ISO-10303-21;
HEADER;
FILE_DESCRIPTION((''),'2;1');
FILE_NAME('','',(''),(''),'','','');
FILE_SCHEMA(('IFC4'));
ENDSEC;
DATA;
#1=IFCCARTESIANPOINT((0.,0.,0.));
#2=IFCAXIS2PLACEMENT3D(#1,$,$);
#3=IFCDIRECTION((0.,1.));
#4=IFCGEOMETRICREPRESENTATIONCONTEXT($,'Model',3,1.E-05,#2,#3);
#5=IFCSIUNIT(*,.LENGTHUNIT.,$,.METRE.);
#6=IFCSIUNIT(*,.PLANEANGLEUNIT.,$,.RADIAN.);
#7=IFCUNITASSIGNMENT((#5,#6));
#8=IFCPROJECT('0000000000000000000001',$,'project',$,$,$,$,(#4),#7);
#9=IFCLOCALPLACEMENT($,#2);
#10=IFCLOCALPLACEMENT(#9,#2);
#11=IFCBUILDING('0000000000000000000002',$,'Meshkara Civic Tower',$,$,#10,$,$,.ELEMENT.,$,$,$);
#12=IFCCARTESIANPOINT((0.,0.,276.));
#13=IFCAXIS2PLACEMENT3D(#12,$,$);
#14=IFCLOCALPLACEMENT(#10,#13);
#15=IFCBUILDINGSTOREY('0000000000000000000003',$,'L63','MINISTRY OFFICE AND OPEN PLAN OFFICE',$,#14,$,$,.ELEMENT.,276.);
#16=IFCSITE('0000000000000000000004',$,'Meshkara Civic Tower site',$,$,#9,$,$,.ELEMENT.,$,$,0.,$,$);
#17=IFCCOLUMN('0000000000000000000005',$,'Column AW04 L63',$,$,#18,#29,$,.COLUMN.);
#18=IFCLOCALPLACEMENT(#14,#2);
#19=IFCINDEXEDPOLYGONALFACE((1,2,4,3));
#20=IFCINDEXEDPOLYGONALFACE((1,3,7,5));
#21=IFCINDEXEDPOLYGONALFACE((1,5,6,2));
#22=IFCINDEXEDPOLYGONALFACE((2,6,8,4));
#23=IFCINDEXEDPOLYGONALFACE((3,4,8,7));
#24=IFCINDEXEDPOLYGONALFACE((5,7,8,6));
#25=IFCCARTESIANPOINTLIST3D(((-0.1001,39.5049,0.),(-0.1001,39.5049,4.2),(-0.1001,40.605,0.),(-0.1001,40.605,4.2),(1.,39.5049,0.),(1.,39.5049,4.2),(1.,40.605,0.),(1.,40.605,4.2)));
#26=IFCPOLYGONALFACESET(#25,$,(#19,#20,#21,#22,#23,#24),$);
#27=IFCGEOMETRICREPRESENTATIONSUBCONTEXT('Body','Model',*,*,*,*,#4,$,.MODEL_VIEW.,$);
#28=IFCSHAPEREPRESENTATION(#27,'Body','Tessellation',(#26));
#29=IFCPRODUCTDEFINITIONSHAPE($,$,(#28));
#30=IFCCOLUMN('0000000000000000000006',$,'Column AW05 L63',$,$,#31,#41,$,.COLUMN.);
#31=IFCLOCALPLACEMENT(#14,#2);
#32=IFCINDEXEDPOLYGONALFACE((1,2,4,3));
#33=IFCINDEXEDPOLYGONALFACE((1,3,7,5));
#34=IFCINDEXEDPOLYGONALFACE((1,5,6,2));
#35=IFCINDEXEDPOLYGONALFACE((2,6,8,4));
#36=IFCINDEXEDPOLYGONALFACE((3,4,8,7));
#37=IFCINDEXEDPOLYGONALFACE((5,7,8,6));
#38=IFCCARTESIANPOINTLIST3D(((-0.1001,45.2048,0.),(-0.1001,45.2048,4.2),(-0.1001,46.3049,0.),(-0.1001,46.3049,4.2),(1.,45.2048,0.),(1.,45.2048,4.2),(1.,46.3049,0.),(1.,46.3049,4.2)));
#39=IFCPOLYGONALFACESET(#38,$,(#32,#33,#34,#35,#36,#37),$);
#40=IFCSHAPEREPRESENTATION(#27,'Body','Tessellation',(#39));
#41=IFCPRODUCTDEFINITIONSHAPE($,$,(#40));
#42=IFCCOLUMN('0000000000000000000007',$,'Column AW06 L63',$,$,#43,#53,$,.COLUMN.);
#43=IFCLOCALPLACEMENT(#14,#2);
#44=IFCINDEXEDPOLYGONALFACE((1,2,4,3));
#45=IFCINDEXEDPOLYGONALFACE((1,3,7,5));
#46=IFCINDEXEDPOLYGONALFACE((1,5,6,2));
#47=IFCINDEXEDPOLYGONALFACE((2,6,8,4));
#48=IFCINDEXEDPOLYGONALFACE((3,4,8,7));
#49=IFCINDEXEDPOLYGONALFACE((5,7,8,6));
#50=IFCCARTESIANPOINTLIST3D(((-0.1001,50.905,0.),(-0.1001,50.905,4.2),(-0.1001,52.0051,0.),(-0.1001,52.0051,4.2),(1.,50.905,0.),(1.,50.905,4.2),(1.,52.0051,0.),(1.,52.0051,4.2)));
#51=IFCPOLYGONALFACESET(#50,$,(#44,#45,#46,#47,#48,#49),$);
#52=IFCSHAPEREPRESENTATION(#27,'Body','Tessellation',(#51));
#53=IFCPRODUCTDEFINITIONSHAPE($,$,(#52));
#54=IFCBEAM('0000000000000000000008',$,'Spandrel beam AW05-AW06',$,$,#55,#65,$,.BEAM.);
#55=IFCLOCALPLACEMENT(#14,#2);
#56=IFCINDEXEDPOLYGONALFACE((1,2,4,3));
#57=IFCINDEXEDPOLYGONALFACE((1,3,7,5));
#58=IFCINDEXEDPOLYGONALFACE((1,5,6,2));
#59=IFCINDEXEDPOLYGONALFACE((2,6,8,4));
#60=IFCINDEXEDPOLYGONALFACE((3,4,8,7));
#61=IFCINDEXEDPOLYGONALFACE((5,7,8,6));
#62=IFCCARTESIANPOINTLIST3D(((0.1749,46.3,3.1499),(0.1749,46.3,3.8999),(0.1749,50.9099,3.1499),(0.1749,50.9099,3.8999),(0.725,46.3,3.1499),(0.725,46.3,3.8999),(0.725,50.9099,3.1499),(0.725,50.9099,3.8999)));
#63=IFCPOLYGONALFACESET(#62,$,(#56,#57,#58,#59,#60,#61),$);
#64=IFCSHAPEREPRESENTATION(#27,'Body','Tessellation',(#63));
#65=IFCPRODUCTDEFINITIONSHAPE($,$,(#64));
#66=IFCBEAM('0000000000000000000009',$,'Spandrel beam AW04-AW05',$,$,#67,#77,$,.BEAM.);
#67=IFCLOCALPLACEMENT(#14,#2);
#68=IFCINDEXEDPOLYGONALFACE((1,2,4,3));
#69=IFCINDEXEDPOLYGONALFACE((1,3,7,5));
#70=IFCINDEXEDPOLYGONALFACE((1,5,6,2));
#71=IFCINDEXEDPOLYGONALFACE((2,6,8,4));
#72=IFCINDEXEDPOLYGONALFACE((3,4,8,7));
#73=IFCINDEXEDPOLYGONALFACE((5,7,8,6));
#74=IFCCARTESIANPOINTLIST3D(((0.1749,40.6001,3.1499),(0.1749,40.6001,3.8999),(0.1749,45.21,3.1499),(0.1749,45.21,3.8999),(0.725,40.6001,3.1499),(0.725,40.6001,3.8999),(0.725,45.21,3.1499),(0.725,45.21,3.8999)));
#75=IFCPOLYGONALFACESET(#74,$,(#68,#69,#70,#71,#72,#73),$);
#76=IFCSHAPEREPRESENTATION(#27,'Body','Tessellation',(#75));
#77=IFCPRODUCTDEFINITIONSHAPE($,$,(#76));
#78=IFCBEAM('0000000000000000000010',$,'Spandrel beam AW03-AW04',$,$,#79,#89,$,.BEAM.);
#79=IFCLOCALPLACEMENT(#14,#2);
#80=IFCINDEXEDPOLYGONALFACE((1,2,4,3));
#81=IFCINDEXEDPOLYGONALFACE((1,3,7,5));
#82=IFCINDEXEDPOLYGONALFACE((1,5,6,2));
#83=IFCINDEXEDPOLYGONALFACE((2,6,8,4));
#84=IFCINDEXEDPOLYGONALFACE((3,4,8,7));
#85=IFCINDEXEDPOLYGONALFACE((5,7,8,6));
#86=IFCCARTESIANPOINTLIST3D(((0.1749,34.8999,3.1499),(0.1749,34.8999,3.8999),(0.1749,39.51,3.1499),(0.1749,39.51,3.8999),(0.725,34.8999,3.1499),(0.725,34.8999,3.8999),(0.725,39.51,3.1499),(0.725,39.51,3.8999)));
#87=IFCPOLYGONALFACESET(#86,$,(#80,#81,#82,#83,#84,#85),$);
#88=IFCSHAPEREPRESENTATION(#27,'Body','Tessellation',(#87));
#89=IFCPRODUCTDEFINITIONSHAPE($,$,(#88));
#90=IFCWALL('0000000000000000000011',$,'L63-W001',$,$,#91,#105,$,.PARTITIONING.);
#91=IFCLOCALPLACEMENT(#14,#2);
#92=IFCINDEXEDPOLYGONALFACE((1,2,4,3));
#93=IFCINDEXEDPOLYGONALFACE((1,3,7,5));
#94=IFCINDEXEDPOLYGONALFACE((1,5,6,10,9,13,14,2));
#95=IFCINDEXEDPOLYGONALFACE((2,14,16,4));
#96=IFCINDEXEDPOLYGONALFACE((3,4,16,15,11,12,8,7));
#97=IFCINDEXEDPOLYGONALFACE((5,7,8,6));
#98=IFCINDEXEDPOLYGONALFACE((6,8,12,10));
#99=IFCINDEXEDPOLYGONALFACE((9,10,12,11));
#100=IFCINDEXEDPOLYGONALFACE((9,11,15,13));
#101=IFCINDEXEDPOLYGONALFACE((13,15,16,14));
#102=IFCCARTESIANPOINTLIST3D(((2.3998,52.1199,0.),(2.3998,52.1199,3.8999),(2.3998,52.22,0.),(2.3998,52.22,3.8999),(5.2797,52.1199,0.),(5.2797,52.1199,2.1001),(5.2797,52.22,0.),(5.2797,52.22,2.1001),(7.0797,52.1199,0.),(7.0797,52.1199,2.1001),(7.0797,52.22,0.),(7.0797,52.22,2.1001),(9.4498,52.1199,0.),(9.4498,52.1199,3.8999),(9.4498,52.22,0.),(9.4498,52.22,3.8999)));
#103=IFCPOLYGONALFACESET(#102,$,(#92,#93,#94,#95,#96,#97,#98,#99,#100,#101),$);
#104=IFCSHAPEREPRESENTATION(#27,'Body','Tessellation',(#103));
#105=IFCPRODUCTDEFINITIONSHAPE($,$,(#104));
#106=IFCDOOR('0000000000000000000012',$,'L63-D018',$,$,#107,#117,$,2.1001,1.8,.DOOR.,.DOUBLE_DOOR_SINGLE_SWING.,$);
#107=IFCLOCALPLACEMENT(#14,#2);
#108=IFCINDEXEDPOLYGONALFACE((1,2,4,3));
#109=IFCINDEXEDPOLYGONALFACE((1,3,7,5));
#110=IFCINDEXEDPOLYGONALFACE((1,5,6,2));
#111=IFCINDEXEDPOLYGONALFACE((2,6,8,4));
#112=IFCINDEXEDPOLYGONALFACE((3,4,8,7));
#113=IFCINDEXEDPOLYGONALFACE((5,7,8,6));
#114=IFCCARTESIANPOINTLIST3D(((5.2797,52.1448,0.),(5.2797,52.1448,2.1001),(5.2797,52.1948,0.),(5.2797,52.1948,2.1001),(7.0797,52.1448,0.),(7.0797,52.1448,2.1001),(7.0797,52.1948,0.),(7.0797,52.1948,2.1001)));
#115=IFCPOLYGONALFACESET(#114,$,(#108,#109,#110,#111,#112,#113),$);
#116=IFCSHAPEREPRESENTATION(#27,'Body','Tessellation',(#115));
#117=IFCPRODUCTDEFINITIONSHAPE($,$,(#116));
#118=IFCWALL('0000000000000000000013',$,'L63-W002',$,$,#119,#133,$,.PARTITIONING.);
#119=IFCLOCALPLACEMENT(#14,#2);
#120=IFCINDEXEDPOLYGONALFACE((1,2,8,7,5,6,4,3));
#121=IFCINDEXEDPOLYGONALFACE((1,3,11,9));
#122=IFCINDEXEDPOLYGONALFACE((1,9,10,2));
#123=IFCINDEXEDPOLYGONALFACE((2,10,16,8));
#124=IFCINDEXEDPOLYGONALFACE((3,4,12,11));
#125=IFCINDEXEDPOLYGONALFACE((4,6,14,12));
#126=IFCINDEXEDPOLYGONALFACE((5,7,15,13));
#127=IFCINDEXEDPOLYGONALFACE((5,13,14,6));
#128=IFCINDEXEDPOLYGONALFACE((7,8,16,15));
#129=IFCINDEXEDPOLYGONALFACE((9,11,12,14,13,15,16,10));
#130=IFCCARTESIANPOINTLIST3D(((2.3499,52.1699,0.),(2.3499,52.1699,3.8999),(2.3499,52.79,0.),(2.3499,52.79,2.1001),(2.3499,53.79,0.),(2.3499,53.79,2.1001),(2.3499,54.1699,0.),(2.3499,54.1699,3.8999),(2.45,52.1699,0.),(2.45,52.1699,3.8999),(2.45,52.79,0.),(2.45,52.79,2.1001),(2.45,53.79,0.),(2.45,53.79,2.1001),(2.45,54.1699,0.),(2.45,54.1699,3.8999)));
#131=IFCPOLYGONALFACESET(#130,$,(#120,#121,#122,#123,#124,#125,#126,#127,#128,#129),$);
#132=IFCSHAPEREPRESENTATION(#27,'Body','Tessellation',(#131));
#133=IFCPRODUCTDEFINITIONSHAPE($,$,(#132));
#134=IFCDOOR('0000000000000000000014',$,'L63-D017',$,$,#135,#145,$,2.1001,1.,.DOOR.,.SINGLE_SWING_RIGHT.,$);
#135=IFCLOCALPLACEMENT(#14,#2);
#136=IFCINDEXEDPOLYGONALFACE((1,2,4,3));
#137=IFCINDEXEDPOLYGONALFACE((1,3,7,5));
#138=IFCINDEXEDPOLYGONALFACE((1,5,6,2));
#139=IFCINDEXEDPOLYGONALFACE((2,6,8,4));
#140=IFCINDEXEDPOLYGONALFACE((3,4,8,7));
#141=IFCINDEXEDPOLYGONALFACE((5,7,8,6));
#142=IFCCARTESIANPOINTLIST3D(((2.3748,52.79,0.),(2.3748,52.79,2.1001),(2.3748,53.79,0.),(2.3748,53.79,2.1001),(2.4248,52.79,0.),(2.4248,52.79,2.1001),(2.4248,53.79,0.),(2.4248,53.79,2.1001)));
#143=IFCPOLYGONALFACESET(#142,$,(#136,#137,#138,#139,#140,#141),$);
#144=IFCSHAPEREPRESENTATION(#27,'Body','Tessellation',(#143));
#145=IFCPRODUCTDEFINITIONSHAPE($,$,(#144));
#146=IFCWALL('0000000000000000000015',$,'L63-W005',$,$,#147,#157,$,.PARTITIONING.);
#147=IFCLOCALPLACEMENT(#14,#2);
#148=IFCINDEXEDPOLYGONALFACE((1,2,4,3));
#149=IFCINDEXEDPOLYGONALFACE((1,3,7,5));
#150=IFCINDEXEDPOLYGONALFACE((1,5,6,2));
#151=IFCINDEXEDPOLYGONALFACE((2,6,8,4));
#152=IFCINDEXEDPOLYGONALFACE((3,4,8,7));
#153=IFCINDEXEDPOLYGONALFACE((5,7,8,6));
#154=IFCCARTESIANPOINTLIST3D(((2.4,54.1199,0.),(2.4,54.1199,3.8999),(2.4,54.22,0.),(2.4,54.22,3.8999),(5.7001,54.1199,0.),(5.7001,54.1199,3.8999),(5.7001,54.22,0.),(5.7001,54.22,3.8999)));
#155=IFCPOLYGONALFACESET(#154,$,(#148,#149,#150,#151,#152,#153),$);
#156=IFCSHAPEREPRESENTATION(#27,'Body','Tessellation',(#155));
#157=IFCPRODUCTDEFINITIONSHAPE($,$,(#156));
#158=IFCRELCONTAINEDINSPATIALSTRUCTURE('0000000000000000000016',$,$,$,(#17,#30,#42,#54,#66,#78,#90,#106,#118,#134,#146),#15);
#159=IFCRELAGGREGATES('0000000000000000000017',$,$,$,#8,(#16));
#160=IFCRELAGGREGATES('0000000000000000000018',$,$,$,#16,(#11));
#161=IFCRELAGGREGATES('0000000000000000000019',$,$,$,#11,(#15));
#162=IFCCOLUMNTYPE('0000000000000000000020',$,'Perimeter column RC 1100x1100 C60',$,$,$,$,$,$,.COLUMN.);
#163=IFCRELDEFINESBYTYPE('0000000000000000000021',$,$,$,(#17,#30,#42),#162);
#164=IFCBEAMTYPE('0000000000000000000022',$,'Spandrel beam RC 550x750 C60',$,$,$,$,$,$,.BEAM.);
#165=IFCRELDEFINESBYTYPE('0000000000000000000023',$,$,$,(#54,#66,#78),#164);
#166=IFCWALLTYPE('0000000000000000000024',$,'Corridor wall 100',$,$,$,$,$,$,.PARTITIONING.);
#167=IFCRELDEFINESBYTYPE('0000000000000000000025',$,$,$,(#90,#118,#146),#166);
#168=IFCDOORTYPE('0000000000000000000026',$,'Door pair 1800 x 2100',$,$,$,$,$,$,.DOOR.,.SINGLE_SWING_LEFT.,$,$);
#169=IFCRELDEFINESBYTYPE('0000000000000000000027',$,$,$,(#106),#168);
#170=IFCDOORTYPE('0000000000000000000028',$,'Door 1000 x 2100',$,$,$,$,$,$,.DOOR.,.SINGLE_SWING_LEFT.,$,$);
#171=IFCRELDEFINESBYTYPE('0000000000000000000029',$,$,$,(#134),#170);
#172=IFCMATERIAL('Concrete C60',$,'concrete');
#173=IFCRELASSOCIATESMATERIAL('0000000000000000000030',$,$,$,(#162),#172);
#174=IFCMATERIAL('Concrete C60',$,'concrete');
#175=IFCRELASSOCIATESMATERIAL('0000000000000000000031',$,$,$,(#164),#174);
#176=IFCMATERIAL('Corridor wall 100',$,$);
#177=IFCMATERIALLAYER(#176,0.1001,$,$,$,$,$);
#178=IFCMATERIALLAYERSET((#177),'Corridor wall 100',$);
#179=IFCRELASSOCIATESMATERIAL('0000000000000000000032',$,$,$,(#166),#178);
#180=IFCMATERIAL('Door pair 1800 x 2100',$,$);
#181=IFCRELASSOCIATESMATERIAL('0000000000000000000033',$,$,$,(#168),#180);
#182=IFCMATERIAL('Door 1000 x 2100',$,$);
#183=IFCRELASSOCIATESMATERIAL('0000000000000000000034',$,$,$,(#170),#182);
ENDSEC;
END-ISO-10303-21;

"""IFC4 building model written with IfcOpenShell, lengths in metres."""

from ifc_helpers import new_model, si_unit, direction, frame, frame_2d, origin, origin_2d, place, context, subcontext, project, spatial, rectangle, extrude, material, layer, layer_set, material_profile, profile_set, type_object, element, fill, save


model = new_model("IFC4")

# Units and contexts
model_context = context("Model", 3, precision=1e-05, world=origin(), true_north=direction((0.0, 1.0)))
body_context = subcontext(model_context, "Body", "Model", "MODEL_VIEW")
ifc_project = project(units=[si_unit("LENGTHUNIT", "METRE"), si_unit("PLANEANGLEUNIT", "RADIAN")], contexts=[model_context])

# Site, building, storey
site_placement = place(None, origin())
site = spatial("IfcSite", under=ifc_project, at=site_placement, Name="Meshkara Civic Tower site", CompositionType="ELEMENT", RefElevation=0.0)
building_placement = place(site_placement, origin())
building = spatial("IfcBuilding", under=site, at=building_placement, Name="Meshkara Civic Tower", CompositionType="ELEMENT")
storey_placement = place(building_placement, frame((0.0, 0.0, 276.0)))
storey = spatial("IfcBuildingStorey", under=building, at=storey_placement, Name="L63", Description="MINISTRY OFFICE AND OPEN PLAN OFFICE", CompositionType="ELEMENT", Elevation=276.0)

# Columns
ifc_material_1 = material(Name="Concrete C60", Category="concrete")
ifc_material_profile_1 = material_profile(ifc_material_1, rectangle(XDim=1.1001, YDim=1.1001, at=origin_2d()))
ifc_profile_set_1 = profile_set([ifc_material_profile_1], Name="Concrete C60")
column_type = type_object("IfcColumnType", Name="Perimeter column RC 1100x1100 C60", PredefinedType="COLUMN", material=ifc_profile_set_1)
for number, where, z_axis, x_axis, name in (
    (1, (0.45, 40.0549, 0.0), (0.0, 0.0, 1.0), (1.0, 0.0, 0.0), "Column AW04 L63"),
    (2, (0.45, 45.7549, 0.0), (0.0, 0.0, 1.0), (1.0, 0.0, 0.0), "Column AW05 L63"),
    (3, (0.45, 51.4551, 0.0), (0.0, 0.0, 1.0), (1.0, 0.0, 0.0), "Column AW06 L63"),
):
    element("IfcColumn", number, at=place(storey_placement, frame(where, z_axis=z_axis, x_axis=x_axis)), inside=storey, type_object=column_type, Name=name, PredefinedType="COLUMN", context=body_context, shape_type="SweptSolid", body=[
        extrude(rectangle(XDim=1.1001, YDim=1.1001, at=origin_2d()), origin(), (0.0, 0.0, 1.0), 4.2),
    ])

# Beams
ifc_material_2 = material(Name="Concrete C60", Category="concrete")
ifc_material_profile_2 = material_profile(ifc_material_2, rectangle(XDim=0.55, YDim=0.75, at=origin_2d()))
ifc_profile_set_2 = profile_set([ifc_material_profile_2], Name="Concrete C60")
beam_type = type_object("IfcBeamType", Name="Spandrel beam RC 550x750 C60", PredefinedType="BEAM", material=ifc_profile_set_2)
for number, where, z_axis, x_axis, name in (
    (4, (0.45, 50.9099, 3.5249), (0.0, -1.0, 0.0), (1.0, 0.0, 0.0), "Spandrel beam AW05-AW06"),
    (5, (0.45, 45.21, 3.5249), (0.0, -1.0, 0.0), (1.0, 0.0, 0.0), "Spandrel beam AW04-AW05"),
):
    element("IfcBeam", number, at=place(storey_placement, frame(where, z_axis=z_axis, x_axis=x_axis)), inside=storey, type_object=beam_type, Name=name, PredefinedType="BEAM", context=body_context, shape_type="SweptSolid", body=[
        extrude(rectangle(XDim=0.55, YDim=0.75, at=origin_2d()), origin(), (0.0, 0.0, 1.0), 4.6099),
    ])
beam_placement = place(storey_placement, frame((0.45, 39.51, 3.5249), z_axis=(0.0, -1.0, 0.0), x_axis=(1.0, 0.0, 0.0)))
element("IfcBeam", 6, at=beam_placement, inside=storey, type_object=beam_type, Name="Spandrel beam AW03-AW04", PredefinedType="BEAM", context=body_context, shape_type="SweptSolid", body=[
    extrude(rectangle(XDim=0.55, YDim=0.75, at=origin_2d()), origin(), (0.0, 0.0, 1.0), 4.6101),
])

# Walls, openings, doors
ifc_material_3 = material(Name="Corridor wall 100")
ifc_layer_1 = layer(ifc_material_3, 0.1001)
ifc_layer_set_1 = layer_set([ifc_layer_1], Name="Corridor wall 100")
wall_type_1 = type_object("IfcWallType", Name="Corridor wall 100", PredefinedType="PARTITIONING", material=ifc_layer_set_1)
wall_1_placement = place(storey_placement, frame((2.3999, 52.1699, 0.0), z_axis=(0.0, 0.0, 1.0), x_axis=(1.0, 0.0, 0.0)))
wall_1 = element("IfcWall", 7, at=wall_1_placement, inside=storey, type_object=wall_type_1, Name="L63-W001", PredefinedType="PARTITIONING", context=body_context, shape_type="SweptSolid", body=[
    extrude(rectangle(XDim=7.05, YDim=0.1001, at=frame_2d((3.5249, 0.0))), origin(), (0.0, 0.0, 1.0), 3.8999),
])
opening_1_placement = place(wall_1_placement, frame((2.8799, 0.0, 0.0)))
opening_1 = element("IfcOpeningElement", 8, at=opening_1_placement, cuts=wall_1, PredefinedType="OPENING", context=body_context, shape_type="SweptSolid", body=[
    extrude(rectangle(XDim=1.8, YDim=2.1001, at=frame_2d((0.8999, 1.05))), frame((0.0, 0.0601, 0.0), z_axis=(0.0, -1.0, 0.0), x_axis=(1.0, 0.0, 0.0)), (0.0, 0.0, 1.0), 0.1201),
])
ifc_material_4 = material(Name="Door pair 1800 x 2100")
door_type_1 = type_object("IfcDoorType", Name="Door pair 1800 x 2100", OperationType="SINGLE_SWING_LEFT", PredefinedType="DOOR", material=ifc_material_4)
door_1_placement = place(opening_1_placement, origin())
door_1 = element("IfcDoor", 9, at=door_1_placement, inside=storey, type_object=door_type_1, Name="L63-D018", OperationType="DOUBLE_DOOR_SINGLE_SWING", OverallHeight=2.1001, OverallWidth=1.8, PredefinedType="DOOR", context=body_context, shape_type="SweptSolid", body=[
    extrude(rectangle(XDim=1.8, YDim=2.1001, at=frame_2d((0.8999, 1.05))), frame((0.0, 0.0249, 0.0), z_axis=(0.0, -1.0, 0.0), x_axis=(1.0, 0.0, 0.0)), (0.0, 0.0, 1.0), 0.05),
])
fill(opening_1, door_1)
wall_2_placement = place(storey_placement, frame((2.3999, 54.1699, 0.0), z_axis=(0.0, 0.0, 1.0), x_axis=(0.0, -1.0, 0.0)))
wall_2 = element("IfcWall", 10, at=wall_2_placement, inside=storey, type_object=wall_type_1, Name="L63-W002", PredefinedType="PARTITIONING", context=body_context, shape_type="SweptSolid", body=[
    extrude(rectangle(XDim=2.0, YDim=0.1001, at=frame_2d((1.0, 0.0))), origin(), (0.0, 0.0, 1.0), 3.8999),
])
opening_2_placement = place(wall_2_placement, frame((0.3799, 0.0, 0.0)))
opening_2 = element("IfcOpeningElement", 11, at=opening_2_placement, cuts=wall_2, PredefinedType="OPENING", context=body_context, shape_type="SweptSolid", body=[
    extrude(rectangle(XDim=1.0, YDim=2.1001, at=frame_2d((0.5, 1.05))), frame((0.0, 0.0601, 0.0), z_axis=(0.0, -1.0, 0.0), x_axis=(1.0, 0.0, 0.0)), (0.0, 0.0, 1.0), 0.1201),
])
ifc_material_5 = material(Name="Door 1000 x 2100")
door_type_2 = type_object("IfcDoorType", Name="Door 1000 x 2100", OperationType="SINGLE_SWING_LEFT", PredefinedType="DOOR", material=ifc_material_5)
door_2_placement = place(opening_2_placement, origin())
door_2 = element("IfcDoor", 12, at=door_2_placement, inside=storey, type_object=door_type_2, Name="L63-D017", OperationType="SINGLE_SWING_RIGHT", OverallHeight=2.1001, OverallWidth=1.0, PredefinedType="DOOR", context=body_context, shape_type="SweptSolid", body=[
    extrude(rectangle(XDim=1.0, YDim=2.1001, at=frame_2d((0.5, 1.05))), frame((0.0, 0.0249, 0.0), z_axis=(0.0, -1.0, 0.0), x_axis=(1.0, 0.0, 0.0)), (0.0, 0.0, 1.0), 0.05),
])
fill(opening_2, door_2)

# Wall
wall_3_placement = place(storey_placement, frame((5.7, 54.1699, 0.0), z_axis=(0.0, 0.0, 1.0), x_axis=(-1.0, 0.0, 0.0)))
element("IfcWall", 13, at=wall_3_placement, inside=storey, type_object=wall_type_1, Name="L63-W005", PredefinedType="PARTITIONING", context=body_context, shape_type="SweptSolid", body=[
    extrude(rectangle(XDim=3.3, YDim=0.1001, at=frame_2d((1.6499, 0.0))), origin(), (0.0, 0.0, 1.0), 3.8999),
])

save(model, "model.ifc")
